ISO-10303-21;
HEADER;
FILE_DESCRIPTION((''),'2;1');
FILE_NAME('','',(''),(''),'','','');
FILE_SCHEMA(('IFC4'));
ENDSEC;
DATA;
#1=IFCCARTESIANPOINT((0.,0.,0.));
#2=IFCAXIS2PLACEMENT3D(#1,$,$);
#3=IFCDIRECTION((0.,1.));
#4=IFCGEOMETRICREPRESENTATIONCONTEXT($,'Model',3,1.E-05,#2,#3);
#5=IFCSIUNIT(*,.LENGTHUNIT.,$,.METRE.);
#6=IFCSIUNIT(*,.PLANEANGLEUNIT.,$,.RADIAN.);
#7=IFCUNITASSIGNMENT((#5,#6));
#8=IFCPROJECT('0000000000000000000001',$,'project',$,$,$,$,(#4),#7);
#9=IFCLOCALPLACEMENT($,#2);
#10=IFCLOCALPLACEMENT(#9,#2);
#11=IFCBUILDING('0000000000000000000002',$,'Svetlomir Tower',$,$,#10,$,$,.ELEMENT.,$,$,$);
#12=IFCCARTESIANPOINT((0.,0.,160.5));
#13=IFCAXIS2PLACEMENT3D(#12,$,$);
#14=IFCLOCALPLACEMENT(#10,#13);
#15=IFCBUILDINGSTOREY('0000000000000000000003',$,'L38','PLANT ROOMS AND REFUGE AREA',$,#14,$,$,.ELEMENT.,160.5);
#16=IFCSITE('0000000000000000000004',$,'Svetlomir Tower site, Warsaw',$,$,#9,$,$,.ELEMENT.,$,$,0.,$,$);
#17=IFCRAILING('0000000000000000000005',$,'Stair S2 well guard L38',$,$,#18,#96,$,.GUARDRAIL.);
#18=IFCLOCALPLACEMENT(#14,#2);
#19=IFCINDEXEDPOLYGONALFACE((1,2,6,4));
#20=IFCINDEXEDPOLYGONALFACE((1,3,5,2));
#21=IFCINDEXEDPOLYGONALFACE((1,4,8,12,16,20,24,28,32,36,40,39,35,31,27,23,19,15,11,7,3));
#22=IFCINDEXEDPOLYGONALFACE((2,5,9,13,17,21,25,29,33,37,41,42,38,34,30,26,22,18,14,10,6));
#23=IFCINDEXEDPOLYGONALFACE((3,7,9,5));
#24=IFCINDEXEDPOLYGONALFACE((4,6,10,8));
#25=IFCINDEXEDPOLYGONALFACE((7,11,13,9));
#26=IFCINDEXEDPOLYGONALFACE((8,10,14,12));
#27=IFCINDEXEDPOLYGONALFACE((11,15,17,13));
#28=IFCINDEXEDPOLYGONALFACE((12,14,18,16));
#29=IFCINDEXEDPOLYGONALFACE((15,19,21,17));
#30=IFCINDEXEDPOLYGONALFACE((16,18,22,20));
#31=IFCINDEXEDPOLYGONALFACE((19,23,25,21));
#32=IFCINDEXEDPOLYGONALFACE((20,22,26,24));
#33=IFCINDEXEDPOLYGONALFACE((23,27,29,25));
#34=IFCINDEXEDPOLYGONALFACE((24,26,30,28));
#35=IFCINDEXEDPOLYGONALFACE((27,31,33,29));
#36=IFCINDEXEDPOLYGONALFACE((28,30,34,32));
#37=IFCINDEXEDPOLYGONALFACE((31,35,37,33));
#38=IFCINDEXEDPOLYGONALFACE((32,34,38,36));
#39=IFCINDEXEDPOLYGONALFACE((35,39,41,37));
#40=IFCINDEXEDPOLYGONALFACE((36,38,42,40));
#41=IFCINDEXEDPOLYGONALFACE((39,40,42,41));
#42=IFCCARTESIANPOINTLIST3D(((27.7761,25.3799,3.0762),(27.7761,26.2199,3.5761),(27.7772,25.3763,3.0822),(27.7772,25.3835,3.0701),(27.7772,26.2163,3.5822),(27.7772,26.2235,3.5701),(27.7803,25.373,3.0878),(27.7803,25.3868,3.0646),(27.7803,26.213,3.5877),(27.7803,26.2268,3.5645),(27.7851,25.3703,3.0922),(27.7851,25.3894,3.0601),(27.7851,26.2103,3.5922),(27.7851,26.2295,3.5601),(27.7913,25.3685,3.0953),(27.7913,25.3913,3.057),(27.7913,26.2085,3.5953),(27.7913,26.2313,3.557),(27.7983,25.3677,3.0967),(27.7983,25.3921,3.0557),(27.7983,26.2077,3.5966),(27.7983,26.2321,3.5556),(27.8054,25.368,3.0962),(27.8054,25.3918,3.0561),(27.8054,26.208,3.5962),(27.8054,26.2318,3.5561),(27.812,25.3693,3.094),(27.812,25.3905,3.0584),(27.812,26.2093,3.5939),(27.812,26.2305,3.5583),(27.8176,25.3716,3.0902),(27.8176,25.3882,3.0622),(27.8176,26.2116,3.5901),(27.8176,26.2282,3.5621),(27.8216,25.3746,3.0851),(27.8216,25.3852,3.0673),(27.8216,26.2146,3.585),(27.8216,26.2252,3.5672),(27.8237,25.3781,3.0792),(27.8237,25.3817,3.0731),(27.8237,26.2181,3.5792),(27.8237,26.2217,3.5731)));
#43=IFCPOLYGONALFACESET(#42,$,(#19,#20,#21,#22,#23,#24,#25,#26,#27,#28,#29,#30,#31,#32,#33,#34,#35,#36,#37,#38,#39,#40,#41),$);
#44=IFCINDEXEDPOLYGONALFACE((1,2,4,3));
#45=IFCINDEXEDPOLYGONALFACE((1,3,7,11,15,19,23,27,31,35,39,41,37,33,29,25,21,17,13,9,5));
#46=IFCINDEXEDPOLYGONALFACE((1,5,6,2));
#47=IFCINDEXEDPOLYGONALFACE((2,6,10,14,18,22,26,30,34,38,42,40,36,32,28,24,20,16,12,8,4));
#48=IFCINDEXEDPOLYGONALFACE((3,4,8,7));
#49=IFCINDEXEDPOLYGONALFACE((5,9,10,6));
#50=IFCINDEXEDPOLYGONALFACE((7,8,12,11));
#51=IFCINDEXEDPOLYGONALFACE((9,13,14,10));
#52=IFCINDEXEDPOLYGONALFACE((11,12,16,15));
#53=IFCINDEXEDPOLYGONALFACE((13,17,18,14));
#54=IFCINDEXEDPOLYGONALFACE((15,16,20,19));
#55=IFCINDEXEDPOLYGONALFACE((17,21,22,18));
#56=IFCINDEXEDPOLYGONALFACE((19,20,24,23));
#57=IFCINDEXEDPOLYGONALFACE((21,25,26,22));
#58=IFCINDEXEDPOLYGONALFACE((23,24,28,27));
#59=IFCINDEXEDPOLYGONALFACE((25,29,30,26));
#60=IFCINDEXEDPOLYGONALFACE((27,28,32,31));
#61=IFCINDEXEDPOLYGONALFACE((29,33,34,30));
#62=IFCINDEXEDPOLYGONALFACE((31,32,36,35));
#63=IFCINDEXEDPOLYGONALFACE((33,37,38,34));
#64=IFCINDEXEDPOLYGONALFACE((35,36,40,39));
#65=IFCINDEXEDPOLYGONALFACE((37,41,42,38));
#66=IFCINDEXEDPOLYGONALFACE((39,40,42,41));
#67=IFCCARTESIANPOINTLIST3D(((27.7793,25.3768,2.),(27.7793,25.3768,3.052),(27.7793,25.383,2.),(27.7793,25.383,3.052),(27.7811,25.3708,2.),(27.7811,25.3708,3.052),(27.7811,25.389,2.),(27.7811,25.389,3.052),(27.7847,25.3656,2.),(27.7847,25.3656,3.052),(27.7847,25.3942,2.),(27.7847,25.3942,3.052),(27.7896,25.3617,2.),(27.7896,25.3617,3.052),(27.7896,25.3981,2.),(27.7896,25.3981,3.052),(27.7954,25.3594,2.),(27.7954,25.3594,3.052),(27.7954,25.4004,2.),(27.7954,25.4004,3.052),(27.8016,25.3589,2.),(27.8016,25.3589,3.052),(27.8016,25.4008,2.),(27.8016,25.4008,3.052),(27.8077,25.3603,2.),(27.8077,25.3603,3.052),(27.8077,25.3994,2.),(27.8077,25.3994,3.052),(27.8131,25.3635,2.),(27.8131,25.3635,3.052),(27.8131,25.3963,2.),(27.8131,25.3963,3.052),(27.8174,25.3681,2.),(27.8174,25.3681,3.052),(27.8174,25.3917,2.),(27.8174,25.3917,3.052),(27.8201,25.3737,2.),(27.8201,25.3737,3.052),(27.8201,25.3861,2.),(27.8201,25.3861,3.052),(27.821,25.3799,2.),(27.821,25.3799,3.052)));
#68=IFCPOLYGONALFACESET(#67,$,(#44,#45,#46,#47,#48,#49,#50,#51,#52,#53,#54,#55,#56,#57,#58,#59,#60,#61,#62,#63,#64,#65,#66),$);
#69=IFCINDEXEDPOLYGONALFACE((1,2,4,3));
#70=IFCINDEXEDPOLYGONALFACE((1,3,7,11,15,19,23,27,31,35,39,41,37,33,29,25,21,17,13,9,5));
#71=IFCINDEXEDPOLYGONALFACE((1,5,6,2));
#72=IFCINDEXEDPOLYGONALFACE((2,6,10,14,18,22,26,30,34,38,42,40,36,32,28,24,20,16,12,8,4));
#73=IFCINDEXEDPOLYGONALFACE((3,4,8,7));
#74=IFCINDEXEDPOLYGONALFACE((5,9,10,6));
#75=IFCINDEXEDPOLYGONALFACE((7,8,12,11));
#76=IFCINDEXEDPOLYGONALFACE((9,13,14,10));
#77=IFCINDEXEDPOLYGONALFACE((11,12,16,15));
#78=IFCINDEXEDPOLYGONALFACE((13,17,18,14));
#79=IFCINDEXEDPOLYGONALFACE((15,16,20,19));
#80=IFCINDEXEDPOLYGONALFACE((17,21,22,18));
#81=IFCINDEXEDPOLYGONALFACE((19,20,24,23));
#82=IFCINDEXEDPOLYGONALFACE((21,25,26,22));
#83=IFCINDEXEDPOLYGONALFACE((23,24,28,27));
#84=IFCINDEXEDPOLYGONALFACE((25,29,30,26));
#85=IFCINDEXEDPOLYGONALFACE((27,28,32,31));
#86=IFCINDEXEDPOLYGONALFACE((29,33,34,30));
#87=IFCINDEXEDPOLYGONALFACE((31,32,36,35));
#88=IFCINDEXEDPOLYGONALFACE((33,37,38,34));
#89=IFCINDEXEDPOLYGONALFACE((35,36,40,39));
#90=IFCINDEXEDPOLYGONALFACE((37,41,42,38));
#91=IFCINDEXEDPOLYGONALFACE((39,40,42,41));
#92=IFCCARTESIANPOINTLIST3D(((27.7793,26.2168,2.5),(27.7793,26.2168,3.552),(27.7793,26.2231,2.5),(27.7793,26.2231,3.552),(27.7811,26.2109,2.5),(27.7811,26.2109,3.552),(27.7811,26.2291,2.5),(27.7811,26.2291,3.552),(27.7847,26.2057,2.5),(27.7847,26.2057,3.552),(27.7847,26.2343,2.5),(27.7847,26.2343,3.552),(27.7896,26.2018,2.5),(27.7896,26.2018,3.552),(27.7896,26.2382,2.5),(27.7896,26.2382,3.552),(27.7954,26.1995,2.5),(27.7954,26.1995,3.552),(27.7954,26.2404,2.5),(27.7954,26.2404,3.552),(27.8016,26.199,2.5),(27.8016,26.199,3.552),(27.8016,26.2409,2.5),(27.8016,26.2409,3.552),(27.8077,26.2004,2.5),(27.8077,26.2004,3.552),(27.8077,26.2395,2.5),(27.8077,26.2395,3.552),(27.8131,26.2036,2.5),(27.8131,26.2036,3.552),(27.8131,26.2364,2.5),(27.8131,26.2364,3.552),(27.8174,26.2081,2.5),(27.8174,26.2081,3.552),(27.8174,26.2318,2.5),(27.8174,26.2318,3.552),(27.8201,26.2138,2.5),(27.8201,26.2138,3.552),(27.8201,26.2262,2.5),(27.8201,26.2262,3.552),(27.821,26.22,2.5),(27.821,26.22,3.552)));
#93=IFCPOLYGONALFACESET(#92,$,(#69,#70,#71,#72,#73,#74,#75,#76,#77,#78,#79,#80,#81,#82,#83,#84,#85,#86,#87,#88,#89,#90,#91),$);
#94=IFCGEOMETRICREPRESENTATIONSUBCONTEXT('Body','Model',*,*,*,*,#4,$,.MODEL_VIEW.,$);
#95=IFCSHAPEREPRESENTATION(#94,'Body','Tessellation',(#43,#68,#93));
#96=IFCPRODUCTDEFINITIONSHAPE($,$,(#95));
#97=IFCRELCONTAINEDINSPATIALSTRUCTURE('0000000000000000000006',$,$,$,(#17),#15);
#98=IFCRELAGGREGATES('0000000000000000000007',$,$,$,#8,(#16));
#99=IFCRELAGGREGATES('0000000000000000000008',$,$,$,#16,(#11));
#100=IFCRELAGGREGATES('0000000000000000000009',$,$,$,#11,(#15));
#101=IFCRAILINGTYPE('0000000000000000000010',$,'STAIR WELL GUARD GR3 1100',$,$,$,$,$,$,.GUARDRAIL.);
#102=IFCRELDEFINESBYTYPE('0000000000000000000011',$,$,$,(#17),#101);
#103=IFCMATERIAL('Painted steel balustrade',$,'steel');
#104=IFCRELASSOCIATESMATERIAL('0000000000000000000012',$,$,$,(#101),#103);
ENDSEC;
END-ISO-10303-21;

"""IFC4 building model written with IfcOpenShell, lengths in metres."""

from ifc_helpers import new_model, si_unit, direction, frame, origin, origin_2d, place, context, subcontext, project, spatial, circle, extrude, material, type_object, element, save


model = new_model("IFC4")

# Units and contexts
model_context = context("Model", 3, precision=1e-05, world=origin(), true_north=direction((0.0, 1.0)))
body_context = subcontext(model_context, "Body", "Model", "MODEL_VIEW")
ifc_project = project(units=[si_unit("LENGTHUNIT", "METRE"), si_unit("PLANEANGLEUNIT", "RADIAN")], contexts=[model_context])

# Site, building, storey
site_placement = place(None, origin())
site = spatial("IfcSite", under=ifc_project, at=site_placement, Name="Svetlomir Tower site, Warsaw", CompositionType="ELEMENT", RefElevation=0.0)
building_placement = place(site_placement, origin())
building = spatial("IfcBuilding", under=site, at=building_placement, Name="Svetlomir Tower", CompositionType="ELEMENT")
storey_placement = place(building_placement, frame((0.0, 0.0, 160.5)))
storey = spatial("IfcBuildingStorey", under=building, at=storey_placement, Name="L38", Description="PLANT ROOMS AND REFUGE AREA", CompositionType="ELEMENT", Elevation=160.5)

# Railing
ifc_material_1 = material(Name="Painted steel balustrade", Category="steel")
railing_type_1 = type_object("IfcRailingType", Name="STAIR WELL GUARD GR3 1100", PredefinedType="GUARDRAIL", material=ifc_material_1)
railing_1_placement = place(storey_placement, frame((27.8, 25.3799, 2.0)))
element("IfcRailing", 1, at=railing_1_placement, inside=storey, type_object=railing_type_1, Name="Stair S2 well guard L38", PredefinedType="GUARDRAIL", context=body_context, shape_type="SweptSolid", body=[
    extrude(circle(Radius=0.0239, at=origin_2d()), frame((0.0, 0.0, 1.0762), z_axis=(0.0, 0.859316, 0.511444), x_axis=(-1.0, 0.0, 0.0)), (0.0, 0.0, 1.0), 0.9775),
    extrude(circle(Radius=0.021, at=origin_2d()), origin(), (0.0, 0.0, 1.0), 1.052),
    extrude(circle(Radius=0.021, at=origin_2d()), frame((0.0, 0.8401, 0.5)), (0.0, 0.0, 1.0), 1.052),
])

save(model, "model.ifc")
